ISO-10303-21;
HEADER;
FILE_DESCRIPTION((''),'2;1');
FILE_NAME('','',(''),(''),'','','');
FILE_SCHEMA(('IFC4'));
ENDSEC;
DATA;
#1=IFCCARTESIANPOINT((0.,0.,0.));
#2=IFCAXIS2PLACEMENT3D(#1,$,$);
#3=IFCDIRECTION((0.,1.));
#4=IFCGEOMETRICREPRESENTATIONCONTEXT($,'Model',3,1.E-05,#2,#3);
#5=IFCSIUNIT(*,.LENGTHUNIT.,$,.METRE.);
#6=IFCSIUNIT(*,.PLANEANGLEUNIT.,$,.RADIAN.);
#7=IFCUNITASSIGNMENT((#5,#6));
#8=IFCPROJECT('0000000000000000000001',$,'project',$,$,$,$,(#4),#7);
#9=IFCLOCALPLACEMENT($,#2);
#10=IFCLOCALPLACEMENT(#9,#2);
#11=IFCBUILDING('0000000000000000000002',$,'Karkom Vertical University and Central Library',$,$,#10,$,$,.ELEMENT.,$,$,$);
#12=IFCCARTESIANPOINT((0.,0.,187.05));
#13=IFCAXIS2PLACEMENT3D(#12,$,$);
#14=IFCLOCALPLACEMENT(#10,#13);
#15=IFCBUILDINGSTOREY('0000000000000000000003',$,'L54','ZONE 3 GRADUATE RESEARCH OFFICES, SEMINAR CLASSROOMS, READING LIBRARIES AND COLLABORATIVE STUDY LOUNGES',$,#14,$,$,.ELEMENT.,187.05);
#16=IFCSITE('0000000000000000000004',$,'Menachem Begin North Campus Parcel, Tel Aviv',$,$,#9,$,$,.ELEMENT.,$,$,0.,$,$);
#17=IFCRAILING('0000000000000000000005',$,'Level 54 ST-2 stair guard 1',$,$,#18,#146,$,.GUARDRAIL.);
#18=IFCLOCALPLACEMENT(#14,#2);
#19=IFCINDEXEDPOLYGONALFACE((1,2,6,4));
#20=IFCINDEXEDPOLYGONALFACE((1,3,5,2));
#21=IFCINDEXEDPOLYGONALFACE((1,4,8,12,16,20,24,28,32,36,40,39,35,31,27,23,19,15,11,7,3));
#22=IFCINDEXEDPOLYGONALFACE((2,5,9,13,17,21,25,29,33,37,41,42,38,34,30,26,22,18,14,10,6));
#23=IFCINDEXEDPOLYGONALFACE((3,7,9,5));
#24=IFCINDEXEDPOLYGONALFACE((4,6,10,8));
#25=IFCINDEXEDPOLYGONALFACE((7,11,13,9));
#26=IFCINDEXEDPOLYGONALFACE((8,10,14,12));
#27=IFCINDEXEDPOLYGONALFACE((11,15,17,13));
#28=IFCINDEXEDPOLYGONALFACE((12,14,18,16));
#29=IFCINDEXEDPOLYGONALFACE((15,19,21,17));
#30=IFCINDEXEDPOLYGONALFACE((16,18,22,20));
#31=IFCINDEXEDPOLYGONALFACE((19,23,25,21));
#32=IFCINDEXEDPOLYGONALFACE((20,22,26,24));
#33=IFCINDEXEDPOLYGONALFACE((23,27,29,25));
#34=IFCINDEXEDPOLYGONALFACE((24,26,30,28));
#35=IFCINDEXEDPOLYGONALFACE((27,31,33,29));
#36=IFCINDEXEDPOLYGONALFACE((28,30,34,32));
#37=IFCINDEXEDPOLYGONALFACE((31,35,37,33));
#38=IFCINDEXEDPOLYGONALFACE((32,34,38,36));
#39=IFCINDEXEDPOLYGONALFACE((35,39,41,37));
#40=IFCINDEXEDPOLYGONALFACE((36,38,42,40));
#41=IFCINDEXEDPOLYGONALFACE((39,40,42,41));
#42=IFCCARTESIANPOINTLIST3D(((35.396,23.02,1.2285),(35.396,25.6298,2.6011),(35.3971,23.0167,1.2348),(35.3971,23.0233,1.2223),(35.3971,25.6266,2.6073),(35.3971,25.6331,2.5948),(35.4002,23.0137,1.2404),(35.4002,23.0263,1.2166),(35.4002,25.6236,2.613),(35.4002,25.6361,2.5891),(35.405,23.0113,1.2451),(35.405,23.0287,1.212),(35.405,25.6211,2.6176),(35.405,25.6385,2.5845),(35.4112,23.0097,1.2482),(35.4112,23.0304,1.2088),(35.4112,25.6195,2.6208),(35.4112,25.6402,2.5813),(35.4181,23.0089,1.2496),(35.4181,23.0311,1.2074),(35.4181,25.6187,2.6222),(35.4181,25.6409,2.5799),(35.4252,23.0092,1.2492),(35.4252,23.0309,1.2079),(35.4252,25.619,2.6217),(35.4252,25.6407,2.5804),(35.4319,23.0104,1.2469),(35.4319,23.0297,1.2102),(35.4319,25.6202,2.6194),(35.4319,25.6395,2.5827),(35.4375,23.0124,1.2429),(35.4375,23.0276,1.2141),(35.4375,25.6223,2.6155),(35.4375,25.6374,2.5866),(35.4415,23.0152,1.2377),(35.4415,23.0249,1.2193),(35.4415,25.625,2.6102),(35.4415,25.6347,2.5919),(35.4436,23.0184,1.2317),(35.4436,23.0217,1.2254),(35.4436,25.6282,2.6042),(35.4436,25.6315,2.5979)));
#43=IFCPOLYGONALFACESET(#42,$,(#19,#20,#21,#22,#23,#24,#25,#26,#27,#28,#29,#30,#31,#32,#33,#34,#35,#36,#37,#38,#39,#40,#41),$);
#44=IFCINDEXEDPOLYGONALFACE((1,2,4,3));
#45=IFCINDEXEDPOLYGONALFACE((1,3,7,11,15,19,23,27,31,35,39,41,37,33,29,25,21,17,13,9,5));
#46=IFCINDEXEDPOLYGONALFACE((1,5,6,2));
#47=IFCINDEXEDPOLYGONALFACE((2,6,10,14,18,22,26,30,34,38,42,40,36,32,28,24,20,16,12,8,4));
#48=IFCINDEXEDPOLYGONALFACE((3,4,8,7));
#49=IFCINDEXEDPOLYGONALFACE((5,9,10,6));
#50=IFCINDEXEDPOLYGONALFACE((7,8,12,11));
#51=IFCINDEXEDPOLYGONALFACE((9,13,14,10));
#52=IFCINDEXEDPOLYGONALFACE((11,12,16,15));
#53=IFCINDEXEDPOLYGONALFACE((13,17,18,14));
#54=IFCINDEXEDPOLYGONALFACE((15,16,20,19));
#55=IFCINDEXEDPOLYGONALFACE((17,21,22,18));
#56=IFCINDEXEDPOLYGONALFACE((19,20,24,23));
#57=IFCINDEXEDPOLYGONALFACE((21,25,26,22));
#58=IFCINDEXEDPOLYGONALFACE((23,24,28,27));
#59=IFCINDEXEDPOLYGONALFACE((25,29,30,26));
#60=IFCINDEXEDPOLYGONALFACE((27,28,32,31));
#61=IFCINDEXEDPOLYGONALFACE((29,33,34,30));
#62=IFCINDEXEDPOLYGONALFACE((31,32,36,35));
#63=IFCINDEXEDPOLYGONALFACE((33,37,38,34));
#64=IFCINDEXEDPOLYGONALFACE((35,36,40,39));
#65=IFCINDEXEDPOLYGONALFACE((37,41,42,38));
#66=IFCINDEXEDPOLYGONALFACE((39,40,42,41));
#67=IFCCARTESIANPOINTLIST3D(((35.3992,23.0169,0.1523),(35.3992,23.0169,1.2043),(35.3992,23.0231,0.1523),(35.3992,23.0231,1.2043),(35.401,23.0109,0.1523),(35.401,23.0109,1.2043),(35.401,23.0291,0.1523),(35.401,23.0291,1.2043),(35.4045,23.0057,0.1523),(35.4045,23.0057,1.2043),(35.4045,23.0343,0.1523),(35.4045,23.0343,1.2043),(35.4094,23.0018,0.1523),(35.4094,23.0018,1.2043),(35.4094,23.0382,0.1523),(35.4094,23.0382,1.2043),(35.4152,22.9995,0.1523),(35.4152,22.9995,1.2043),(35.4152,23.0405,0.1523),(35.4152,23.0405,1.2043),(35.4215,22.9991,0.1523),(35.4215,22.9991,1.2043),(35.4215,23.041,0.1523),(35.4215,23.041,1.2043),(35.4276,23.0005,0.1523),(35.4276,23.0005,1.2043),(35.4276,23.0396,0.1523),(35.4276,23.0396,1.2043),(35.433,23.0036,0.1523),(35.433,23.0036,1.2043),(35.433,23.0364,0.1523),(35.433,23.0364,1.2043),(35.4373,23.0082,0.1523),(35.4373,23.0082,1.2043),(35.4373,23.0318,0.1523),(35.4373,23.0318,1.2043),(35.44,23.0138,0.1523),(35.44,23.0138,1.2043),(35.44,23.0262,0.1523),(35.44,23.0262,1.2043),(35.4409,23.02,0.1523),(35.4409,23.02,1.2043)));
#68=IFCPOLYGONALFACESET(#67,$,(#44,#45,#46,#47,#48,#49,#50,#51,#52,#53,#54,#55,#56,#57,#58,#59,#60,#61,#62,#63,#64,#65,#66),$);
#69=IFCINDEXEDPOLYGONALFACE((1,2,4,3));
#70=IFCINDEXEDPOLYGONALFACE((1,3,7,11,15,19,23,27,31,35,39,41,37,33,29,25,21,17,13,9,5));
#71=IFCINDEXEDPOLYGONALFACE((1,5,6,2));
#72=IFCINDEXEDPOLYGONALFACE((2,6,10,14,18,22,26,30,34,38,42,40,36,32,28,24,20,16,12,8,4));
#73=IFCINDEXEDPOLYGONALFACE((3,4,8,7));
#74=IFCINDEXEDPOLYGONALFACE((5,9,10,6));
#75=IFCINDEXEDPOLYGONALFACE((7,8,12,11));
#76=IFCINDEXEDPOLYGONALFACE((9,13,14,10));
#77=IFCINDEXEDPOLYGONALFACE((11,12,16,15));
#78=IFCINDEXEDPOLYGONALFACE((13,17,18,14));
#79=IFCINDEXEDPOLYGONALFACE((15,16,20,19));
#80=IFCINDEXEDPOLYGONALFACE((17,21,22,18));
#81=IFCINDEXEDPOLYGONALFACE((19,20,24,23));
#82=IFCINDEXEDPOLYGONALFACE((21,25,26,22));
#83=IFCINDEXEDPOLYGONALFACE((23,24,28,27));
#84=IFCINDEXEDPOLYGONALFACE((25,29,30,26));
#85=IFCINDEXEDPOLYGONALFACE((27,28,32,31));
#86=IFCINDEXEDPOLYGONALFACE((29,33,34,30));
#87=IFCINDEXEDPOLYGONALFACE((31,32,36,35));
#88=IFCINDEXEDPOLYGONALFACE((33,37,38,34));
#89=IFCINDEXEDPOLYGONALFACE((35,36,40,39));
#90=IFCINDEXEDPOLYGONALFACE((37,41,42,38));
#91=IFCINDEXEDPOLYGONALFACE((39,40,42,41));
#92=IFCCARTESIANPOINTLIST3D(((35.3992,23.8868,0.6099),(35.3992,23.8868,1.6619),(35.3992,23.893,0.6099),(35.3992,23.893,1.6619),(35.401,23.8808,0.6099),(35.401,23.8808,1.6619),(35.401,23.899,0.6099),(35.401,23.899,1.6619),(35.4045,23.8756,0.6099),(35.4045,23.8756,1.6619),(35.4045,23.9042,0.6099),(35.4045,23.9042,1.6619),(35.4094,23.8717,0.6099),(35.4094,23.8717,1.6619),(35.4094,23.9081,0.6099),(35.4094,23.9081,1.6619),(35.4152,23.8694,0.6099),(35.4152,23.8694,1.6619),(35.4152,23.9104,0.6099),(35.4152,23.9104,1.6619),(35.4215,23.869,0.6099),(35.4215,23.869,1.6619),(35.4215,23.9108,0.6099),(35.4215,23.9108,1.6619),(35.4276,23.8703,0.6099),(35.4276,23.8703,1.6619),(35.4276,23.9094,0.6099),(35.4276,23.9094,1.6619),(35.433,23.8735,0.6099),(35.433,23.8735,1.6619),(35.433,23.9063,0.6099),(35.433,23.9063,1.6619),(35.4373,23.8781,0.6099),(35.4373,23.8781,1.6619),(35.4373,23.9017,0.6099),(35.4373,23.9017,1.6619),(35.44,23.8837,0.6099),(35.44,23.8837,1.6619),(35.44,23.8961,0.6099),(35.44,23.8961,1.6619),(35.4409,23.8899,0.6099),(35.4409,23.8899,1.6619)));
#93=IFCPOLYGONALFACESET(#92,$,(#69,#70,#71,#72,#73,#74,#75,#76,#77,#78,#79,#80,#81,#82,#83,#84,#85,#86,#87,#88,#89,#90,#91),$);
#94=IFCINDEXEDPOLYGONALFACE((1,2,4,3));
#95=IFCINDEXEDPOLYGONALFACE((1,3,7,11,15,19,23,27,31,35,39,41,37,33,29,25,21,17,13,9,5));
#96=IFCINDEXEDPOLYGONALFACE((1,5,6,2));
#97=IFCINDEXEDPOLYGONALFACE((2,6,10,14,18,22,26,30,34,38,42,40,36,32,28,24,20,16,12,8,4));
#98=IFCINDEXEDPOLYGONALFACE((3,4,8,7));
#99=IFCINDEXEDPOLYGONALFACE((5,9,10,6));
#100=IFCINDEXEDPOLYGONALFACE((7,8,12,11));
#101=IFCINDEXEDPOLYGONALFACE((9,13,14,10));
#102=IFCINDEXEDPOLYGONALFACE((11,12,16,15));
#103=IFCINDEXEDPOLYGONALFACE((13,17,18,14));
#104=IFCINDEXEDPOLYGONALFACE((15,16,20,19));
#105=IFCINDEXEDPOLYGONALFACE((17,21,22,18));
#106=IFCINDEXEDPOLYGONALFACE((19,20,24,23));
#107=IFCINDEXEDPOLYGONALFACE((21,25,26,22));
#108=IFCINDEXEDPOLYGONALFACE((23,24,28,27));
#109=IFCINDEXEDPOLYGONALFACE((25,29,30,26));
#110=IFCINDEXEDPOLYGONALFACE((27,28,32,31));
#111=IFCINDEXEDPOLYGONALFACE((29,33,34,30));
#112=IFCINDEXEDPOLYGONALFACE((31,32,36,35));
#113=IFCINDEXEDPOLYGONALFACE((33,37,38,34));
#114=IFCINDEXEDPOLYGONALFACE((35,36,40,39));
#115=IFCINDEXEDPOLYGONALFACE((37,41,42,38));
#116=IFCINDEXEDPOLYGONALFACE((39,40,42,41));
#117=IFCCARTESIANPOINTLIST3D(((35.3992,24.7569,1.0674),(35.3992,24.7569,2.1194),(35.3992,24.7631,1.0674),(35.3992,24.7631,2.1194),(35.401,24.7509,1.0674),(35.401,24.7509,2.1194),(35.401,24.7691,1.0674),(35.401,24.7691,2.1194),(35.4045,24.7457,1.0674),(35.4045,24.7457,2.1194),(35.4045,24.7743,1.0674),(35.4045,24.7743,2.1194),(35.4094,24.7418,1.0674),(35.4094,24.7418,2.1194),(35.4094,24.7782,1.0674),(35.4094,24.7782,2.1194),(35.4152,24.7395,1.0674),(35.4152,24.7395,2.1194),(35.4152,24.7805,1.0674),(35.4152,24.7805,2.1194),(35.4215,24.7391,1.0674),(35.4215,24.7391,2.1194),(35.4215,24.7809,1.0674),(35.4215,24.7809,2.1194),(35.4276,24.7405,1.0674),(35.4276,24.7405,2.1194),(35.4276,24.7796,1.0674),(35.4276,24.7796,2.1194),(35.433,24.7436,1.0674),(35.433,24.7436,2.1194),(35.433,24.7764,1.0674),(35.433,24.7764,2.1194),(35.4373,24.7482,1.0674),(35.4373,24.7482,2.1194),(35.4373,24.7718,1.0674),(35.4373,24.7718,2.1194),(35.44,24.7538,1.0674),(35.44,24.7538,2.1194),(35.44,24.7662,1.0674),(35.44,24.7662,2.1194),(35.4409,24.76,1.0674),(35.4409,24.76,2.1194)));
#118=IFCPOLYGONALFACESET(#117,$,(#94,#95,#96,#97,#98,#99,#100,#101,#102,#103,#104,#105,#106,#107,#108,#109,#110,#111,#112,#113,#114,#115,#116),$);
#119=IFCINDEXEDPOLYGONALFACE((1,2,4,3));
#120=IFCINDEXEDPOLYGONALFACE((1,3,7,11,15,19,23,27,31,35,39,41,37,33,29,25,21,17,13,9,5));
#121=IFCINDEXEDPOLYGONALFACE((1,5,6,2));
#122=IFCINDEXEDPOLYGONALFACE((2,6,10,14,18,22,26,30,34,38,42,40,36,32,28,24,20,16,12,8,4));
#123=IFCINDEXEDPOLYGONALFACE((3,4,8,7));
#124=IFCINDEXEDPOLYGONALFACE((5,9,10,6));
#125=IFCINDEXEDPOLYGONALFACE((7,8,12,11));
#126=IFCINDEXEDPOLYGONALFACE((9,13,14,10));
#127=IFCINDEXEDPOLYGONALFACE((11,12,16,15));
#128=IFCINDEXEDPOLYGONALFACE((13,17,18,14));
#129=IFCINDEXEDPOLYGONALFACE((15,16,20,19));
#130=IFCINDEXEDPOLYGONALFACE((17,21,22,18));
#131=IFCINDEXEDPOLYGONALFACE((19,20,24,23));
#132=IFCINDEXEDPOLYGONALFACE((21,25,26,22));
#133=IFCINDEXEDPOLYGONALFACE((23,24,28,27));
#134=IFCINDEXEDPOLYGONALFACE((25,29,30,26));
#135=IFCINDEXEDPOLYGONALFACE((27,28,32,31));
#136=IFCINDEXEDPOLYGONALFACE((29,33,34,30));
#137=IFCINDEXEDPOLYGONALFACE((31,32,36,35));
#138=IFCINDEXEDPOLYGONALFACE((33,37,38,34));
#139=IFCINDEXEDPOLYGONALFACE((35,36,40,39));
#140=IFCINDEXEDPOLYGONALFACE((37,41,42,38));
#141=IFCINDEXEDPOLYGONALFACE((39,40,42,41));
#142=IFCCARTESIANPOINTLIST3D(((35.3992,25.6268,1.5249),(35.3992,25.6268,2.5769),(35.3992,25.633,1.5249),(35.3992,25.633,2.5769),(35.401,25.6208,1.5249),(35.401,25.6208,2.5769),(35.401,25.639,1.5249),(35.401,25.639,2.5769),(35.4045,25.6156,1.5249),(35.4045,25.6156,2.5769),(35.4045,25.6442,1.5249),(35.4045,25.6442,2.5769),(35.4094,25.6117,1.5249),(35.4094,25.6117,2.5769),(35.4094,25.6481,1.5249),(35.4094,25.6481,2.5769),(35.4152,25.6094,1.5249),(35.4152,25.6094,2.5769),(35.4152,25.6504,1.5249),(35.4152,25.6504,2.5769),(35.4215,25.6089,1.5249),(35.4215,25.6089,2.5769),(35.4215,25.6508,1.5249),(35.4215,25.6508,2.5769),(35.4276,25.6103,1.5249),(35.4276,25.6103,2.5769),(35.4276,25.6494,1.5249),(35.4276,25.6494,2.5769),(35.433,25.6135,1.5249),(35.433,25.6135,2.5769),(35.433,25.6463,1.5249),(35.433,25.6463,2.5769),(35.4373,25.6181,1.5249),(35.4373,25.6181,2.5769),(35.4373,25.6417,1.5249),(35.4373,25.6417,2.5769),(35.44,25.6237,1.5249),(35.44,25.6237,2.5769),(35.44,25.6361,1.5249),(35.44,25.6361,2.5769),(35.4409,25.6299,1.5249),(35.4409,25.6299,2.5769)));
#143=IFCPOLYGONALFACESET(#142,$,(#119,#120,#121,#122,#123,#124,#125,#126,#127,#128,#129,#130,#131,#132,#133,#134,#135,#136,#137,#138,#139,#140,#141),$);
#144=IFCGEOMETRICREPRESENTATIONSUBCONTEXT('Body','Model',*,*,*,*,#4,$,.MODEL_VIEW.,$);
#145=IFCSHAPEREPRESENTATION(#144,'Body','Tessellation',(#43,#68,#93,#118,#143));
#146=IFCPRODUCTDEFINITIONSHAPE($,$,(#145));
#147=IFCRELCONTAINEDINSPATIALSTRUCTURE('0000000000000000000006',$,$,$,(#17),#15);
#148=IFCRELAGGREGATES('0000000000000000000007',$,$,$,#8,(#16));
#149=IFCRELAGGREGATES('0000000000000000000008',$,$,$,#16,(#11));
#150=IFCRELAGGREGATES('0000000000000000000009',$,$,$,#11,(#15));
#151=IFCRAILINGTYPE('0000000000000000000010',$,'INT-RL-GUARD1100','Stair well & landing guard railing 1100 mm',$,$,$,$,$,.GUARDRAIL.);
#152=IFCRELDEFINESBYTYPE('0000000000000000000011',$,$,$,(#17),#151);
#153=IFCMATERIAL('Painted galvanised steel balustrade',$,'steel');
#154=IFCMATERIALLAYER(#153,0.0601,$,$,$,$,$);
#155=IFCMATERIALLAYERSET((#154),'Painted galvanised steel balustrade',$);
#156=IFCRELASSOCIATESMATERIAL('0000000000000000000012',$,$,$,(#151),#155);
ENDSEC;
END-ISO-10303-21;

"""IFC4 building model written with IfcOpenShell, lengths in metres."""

from ifc_helpers import new_model, si_unit, direction, frame, origin, origin_2d, place, context, subcontext, project, spatial, circle, extrude, material, layer, layer_set, type_object, element, save


model = new_model("IFC4")

# Units and contexts
model_context = context("Model", 3, precision=1e-05, world=origin(), true_north=direction((0.0, 1.0)))
body_context = subcontext(model_context, "Body", "Model", "MODEL_VIEW")
ifc_project = project(units=[si_unit("LENGTHUNIT", "METRE"), si_unit("PLANEANGLEUNIT", "RADIAN")], contexts=[model_context])

# Site, building, storey
site_placement = place(None, origin())
site = spatial("IfcSite", under=ifc_project, at=site_placement, Name="Menachem Begin North Campus Parcel, Tel Aviv", CompositionType="ELEMENT", RefElevation=0.0)
building_placement = place(site_placement, origin())
building = spatial("IfcBuilding", under=site, at=building_placement, Name="Karkom Vertical University and Central Library", CompositionType="ELEMENT")
storey_placement = place(building_placement, frame((0.0, 0.0, 187.05)))
storey = spatial("IfcBuildingStorey", under=building, at=storey_placement, Name="L54", Description="ZONE 3 GRADUATE RESEARCH OFFICES, SEMINAR CLASSROOMS, READING LIBRARIES AND COLLABORATIVE STUDY LOUNGES", CompositionType="ELEMENT", Elevation=187.05)

# Railing
ifc_material_1 = material(Name="Painted galvanised steel balustrade", Category="steel")
ifc_layer_1 = layer(ifc_material_1, 0.0601)
ifc_layer_set_1 = layer_set([ifc_layer_1], Name="Painted galvanised steel balustrade")
railing_type_1 = type_object("IfcRailingType", Name="INT-RL-GUARD1100", Description="Stair well & landing guard railing 1100 mm", PredefinedType="GUARDRAIL", material=ifc_layer_set_1)
railing_1_placement = place(storey_placement, frame((35.4199, 23.02, 0.1523)))
element("IfcRailing", 1, at=railing_1_placement, inside=storey, type_object=railing_type_1, Name="Level 54 ST-2 stair guard 1", PredefinedType="GUARDRAIL", context=body_context, shape_type="SweptSolid", body=[
    extrude(circle(Radius=0.0239, at=origin_2d()), frame((0.0, 0.0, 1.0762), z_axis=(0.0, 0.885065, 0.465467), x_axis=(-1.0, 0.0, 0.0)), (0.0, 0.0, 1.0), 2.9487),
    extrude(circle(Radius=0.021, at=origin_2d()), origin(), (0.0, 0.0, 1.0), 1.052),
    extrude(circle(Radius=0.021, at=origin_2d()), frame((0.0, 0.8699, 0.4575)), (0.0, 0.0, 1.0), 1.052),
    extrude(circle(Radius=0.021, at=origin_2d()), frame((0.0, 1.74, 0.915)), (0.0, 0.0, 1.0), 1.052),
    extrude(circle(Radius=0.021, at=origin_2d()), frame((0.0, 2.6099, 1.3726)), (0.0, 0.0, 1.0), 1.052),
])

save(model, "model.ifc")
